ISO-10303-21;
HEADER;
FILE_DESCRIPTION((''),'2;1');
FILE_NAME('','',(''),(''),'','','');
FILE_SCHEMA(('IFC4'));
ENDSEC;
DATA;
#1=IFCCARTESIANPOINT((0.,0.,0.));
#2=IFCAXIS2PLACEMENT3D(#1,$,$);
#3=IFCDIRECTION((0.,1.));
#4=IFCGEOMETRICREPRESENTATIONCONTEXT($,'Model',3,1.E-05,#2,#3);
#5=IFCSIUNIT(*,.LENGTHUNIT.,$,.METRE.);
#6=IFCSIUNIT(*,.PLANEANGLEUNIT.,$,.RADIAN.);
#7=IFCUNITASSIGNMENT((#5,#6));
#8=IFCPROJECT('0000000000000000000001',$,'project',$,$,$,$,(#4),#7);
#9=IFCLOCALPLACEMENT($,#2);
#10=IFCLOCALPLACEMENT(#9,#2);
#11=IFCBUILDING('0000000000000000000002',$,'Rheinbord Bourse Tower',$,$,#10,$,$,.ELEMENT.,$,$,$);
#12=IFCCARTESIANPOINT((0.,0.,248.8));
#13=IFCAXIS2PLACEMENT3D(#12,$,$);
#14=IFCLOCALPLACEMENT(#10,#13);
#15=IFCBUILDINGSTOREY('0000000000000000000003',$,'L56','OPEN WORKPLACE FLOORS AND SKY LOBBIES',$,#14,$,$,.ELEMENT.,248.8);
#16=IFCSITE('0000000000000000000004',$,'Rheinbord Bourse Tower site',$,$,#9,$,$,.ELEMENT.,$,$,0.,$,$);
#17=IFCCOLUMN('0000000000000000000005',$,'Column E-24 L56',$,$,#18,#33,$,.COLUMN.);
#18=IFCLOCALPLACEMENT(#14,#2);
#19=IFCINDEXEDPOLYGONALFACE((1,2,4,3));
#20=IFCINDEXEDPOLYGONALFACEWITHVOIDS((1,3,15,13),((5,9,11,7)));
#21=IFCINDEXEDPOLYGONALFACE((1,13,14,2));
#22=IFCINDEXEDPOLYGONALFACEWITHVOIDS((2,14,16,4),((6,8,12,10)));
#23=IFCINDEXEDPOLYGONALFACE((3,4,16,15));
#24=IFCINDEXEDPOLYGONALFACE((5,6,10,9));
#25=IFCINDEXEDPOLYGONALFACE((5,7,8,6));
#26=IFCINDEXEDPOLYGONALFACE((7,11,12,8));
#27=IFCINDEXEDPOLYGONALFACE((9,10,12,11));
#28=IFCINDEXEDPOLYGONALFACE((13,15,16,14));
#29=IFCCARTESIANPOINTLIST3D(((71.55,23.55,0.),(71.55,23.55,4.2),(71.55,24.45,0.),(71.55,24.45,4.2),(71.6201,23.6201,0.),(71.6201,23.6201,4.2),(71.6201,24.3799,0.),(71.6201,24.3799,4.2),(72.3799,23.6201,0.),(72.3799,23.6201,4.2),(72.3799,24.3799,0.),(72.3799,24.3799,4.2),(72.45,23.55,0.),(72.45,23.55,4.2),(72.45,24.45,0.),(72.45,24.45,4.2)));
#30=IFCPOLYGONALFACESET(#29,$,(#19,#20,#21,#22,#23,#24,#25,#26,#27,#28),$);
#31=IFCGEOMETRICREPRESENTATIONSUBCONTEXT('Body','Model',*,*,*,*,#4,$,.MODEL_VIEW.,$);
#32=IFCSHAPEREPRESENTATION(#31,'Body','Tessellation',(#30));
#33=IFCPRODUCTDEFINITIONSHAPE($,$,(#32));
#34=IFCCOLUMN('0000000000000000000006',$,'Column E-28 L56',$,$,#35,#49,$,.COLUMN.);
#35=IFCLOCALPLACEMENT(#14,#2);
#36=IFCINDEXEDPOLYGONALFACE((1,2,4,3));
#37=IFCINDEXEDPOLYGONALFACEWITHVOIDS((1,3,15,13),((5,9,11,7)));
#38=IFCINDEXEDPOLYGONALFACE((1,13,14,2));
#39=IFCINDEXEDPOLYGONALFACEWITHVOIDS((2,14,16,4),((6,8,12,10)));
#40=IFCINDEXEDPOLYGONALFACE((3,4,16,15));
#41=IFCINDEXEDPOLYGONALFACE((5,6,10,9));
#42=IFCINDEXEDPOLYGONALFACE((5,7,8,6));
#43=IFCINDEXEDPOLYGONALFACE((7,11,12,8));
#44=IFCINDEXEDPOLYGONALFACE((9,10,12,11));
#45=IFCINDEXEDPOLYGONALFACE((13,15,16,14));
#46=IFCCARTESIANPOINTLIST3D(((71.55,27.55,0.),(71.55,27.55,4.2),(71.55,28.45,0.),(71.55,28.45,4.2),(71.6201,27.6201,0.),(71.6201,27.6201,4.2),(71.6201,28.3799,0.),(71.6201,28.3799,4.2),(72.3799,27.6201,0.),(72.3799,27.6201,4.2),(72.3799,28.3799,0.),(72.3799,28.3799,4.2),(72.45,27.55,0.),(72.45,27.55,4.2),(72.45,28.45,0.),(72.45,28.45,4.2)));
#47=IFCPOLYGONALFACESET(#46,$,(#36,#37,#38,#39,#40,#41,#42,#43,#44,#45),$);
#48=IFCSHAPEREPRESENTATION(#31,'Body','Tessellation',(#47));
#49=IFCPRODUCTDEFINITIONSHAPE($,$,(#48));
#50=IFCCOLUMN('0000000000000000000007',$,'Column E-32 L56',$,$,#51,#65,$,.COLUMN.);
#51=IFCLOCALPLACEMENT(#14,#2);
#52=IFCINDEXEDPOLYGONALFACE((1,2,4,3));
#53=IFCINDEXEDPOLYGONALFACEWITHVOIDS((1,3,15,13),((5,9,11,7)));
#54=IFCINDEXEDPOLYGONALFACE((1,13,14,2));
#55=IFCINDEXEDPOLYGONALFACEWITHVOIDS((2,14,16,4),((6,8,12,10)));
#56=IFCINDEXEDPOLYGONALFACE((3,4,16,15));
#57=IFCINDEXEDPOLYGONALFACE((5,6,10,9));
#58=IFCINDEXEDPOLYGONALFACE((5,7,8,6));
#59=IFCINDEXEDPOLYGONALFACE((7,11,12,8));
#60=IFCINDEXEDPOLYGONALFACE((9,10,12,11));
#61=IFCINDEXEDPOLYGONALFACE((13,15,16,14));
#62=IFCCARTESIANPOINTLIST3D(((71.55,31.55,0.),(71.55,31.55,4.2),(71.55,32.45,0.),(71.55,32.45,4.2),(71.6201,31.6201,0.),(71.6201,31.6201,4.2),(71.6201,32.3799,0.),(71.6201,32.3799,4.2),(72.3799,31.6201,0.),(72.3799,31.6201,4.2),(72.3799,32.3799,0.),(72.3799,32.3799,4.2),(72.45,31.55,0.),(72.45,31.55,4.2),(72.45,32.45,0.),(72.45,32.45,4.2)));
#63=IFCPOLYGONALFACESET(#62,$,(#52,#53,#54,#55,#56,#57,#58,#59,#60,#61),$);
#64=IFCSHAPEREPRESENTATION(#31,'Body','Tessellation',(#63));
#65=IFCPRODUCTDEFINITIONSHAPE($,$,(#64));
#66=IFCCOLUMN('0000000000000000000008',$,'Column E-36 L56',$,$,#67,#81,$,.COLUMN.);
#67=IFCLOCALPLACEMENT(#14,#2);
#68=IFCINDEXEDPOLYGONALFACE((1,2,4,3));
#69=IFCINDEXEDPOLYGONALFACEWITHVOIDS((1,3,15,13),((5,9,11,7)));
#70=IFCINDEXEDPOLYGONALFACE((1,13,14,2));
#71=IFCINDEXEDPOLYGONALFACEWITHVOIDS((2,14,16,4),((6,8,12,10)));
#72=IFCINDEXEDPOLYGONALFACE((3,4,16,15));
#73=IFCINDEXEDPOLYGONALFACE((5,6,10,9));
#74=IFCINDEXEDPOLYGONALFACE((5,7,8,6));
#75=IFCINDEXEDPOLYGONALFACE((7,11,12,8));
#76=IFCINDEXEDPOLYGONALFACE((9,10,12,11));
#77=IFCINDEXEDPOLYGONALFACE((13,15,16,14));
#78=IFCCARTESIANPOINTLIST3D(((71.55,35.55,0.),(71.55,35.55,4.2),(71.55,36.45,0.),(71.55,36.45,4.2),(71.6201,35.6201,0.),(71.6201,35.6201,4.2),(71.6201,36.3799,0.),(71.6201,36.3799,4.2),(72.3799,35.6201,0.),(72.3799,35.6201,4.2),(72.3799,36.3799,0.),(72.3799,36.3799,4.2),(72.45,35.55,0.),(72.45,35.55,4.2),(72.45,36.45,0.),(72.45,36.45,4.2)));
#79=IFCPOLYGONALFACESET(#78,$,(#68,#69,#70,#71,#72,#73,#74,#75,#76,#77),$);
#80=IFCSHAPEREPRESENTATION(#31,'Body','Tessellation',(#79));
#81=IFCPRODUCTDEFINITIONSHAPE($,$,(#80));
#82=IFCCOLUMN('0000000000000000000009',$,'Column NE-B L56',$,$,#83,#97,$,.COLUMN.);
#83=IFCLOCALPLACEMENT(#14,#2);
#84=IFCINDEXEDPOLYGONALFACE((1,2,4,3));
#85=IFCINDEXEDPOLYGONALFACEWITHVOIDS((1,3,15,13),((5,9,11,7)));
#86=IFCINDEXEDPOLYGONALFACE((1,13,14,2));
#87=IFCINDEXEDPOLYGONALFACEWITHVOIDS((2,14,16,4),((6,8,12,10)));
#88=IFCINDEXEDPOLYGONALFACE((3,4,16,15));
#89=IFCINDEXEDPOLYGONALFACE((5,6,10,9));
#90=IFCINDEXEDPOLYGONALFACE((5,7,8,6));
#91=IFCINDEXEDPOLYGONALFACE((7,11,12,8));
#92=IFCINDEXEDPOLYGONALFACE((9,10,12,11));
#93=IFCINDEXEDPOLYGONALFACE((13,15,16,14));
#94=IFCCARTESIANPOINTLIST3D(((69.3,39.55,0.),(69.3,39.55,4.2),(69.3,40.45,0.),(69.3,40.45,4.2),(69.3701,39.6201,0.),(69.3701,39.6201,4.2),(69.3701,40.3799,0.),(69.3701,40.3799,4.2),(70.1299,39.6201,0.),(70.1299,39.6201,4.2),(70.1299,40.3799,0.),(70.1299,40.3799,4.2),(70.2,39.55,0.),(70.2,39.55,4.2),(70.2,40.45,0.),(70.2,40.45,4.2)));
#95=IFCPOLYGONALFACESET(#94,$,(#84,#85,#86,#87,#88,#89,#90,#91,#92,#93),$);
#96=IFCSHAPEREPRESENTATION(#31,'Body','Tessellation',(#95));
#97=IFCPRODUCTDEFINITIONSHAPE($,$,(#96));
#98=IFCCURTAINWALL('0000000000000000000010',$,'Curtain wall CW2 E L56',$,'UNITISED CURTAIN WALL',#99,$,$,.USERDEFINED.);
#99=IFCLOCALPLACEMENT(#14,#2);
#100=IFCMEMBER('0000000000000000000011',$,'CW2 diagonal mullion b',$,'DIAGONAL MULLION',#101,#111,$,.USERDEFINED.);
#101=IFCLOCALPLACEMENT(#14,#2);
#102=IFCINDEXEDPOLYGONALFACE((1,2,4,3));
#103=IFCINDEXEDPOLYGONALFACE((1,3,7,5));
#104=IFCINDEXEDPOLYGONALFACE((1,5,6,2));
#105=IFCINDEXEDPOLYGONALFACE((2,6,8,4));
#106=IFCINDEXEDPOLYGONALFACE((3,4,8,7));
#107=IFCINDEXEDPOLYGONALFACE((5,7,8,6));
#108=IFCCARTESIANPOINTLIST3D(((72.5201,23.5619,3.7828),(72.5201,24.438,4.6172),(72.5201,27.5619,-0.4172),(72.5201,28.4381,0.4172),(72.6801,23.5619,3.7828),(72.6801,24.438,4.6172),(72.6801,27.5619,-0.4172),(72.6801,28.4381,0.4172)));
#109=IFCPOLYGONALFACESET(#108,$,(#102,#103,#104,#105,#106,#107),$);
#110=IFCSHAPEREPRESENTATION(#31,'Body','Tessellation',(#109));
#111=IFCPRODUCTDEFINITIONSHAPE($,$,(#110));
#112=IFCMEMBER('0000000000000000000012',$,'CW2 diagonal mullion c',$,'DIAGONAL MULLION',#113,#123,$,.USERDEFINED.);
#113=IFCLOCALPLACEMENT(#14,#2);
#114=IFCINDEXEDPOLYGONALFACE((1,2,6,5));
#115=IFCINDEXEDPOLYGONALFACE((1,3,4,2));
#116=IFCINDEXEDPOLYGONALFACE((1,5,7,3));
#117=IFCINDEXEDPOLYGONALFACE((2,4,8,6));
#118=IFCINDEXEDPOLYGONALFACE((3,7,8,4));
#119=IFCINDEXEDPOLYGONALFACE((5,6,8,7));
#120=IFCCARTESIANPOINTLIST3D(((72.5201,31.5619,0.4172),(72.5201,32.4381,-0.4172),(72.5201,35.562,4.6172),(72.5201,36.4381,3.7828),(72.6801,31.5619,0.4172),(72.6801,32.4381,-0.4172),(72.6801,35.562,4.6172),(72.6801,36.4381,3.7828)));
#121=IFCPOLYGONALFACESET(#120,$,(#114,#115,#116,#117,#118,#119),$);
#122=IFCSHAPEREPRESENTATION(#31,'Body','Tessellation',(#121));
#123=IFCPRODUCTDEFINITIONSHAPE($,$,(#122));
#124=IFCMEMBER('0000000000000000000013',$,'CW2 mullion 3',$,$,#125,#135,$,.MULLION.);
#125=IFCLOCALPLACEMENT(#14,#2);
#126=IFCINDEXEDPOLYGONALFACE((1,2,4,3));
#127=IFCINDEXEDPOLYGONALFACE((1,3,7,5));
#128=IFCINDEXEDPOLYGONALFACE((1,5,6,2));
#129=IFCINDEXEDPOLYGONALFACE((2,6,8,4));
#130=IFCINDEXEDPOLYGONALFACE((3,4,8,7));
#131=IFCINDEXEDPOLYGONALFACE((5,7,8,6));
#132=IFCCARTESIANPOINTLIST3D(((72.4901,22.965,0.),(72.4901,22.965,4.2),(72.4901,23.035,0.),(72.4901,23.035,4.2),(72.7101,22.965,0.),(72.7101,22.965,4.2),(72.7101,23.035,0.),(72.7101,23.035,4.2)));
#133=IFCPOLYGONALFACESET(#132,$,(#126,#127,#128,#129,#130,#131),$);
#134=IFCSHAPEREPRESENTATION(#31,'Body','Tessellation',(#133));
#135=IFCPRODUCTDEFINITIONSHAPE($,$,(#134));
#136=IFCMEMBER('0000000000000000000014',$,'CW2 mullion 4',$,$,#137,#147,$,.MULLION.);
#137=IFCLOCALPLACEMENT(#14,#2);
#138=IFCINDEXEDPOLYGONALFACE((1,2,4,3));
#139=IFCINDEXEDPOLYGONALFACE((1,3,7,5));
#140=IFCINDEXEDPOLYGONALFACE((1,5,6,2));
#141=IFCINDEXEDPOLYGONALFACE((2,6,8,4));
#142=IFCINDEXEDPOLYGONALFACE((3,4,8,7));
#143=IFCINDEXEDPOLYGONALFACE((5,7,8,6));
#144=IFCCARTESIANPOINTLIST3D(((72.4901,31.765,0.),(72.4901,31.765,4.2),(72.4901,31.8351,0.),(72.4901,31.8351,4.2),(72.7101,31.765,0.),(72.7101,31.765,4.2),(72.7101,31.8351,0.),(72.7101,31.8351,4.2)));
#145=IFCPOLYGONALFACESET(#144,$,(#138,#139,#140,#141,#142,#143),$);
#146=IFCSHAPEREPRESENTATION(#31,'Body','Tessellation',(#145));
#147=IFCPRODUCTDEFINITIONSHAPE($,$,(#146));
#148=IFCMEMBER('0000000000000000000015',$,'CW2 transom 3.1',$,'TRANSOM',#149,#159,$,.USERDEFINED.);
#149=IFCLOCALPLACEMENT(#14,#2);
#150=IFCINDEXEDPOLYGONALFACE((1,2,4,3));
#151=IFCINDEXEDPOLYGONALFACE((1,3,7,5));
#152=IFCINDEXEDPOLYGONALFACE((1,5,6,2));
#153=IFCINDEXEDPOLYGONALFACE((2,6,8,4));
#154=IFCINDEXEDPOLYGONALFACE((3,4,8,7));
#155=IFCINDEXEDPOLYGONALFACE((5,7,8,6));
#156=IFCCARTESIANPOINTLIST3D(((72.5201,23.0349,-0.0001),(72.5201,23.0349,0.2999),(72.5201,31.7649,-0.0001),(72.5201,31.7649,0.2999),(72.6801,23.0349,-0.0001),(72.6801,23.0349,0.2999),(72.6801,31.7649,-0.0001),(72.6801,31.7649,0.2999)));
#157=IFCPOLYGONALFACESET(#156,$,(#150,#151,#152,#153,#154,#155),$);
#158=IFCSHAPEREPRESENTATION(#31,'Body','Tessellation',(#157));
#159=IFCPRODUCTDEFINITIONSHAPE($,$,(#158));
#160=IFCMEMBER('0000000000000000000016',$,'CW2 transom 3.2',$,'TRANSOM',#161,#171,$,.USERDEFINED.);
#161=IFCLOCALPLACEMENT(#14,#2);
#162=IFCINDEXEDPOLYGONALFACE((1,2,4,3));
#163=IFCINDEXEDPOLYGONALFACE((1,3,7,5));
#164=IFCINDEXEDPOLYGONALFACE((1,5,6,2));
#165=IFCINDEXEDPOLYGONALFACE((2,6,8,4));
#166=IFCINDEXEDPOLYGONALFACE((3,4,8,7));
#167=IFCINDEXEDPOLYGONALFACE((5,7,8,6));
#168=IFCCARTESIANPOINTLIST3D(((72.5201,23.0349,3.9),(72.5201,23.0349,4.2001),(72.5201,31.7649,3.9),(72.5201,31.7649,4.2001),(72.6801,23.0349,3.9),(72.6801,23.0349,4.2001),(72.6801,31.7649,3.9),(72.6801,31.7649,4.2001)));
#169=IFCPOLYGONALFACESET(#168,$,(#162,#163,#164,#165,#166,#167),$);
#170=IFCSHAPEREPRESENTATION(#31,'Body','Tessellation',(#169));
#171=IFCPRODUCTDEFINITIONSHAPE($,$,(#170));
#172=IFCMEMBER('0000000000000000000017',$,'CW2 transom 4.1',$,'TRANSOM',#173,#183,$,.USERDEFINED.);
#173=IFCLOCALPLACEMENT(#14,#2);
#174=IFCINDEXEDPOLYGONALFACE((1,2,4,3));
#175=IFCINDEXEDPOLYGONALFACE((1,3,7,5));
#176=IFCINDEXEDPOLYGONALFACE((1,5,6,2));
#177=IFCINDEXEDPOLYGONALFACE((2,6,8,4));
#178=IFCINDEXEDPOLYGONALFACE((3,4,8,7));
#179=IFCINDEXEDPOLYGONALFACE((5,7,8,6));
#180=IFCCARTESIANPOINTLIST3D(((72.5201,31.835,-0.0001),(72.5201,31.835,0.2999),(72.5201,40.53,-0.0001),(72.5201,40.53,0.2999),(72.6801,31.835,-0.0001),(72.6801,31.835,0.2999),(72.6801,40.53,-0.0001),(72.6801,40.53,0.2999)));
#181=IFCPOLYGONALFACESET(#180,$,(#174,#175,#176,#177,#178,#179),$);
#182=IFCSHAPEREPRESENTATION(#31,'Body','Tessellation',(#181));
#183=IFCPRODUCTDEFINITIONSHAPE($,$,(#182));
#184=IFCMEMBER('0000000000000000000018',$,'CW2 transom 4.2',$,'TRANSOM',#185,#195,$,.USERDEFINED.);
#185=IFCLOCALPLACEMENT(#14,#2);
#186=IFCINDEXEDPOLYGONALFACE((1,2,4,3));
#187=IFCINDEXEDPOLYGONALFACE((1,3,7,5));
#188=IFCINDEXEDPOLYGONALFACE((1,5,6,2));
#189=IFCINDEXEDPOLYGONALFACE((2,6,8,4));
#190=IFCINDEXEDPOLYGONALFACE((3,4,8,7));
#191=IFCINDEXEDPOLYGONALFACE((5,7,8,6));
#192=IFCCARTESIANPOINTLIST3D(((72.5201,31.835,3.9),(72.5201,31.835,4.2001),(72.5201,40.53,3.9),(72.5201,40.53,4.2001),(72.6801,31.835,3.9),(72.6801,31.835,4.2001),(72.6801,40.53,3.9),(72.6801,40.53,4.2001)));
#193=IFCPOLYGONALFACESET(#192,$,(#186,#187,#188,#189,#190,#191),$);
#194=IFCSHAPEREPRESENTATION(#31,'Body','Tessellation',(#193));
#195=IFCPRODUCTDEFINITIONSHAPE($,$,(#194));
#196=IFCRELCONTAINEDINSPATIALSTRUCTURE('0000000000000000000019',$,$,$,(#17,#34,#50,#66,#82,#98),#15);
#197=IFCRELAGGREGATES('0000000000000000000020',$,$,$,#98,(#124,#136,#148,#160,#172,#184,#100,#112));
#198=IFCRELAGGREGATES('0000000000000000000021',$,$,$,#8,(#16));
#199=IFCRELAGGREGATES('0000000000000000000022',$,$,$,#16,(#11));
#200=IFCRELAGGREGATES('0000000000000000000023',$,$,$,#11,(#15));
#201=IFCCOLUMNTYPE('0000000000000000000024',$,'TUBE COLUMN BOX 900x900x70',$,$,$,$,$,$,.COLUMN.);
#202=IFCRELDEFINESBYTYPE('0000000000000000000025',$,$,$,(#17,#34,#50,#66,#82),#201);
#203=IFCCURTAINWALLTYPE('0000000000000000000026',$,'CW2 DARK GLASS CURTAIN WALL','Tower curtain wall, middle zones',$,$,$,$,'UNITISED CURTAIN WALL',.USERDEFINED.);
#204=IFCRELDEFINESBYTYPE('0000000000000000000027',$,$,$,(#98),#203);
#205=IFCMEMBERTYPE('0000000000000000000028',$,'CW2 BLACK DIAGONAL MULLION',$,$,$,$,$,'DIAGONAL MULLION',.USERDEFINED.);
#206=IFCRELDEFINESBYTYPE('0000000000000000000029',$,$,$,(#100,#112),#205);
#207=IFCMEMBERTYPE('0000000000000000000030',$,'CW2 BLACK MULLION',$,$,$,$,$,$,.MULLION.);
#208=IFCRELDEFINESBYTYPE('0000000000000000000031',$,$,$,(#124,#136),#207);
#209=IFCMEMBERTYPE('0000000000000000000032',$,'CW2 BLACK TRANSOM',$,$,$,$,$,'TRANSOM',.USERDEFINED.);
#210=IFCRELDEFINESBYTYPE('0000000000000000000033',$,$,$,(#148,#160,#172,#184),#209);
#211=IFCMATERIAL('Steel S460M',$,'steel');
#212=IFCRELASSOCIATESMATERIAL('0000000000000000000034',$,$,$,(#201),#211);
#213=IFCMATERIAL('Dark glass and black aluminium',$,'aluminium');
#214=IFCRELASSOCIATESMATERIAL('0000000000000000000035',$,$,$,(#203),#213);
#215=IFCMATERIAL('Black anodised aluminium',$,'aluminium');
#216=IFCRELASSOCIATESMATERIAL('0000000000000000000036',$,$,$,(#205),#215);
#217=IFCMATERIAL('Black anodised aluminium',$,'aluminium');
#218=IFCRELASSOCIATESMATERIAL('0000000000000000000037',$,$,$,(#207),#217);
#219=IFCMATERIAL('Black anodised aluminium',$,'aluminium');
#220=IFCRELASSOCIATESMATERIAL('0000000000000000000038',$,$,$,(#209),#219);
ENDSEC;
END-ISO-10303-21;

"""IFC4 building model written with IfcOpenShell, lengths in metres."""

from ifc_helpers import new_model, si_unit, direction, frame, origin, origin_2d, place, context, subcontext, project, spatial, rectangle, hollow_rectangle, extrude, material, material_profile, profile_set, type_object, element, aggregate, save


model = new_model("IFC4")

# Units and contexts
model_context = context("Model", 3, precision=1e-05, world=origin(), true_north=direction((0.0, 1.0)))
body_context = subcontext(model_context, "Body", "Model", "MODEL_VIEW")
ifc_project = project(units=[si_unit("LENGTHUNIT", "METRE"), si_unit("PLANEANGLEUNIT", "RADIAN")], contexts=[model_context])

# Site, building, storey
site_placement = place(None, origin())
site = spatial("IfcSite", under=ifc_project, at=site_placement, Name="Rheinbord Bourse Tower site", CompositionType="ELEMENT", RefElevation=0.0)
building_placement = place(site_placement, origin())
building = spatial("IfcBuilding", under=site, at=building_placement, Name="Rheinbord Bourse Tower", CompositionType="ELEMENT")
storey_placement = place(building_placement, frame((0.0, 0.0, 248.8)))
storey = spatial("IfcBuildingStorey", under=building, at=storey_placement, Name="L56", Description="OPEN WORKPLACE FLOORS AND SKY LOBBIES", CompositionType="ELEMENT", Elevation=248.8)

# Columns
ifc_material_1 = material(Name="Steel S460M", Category="steel")
ifc_material_profile_1 = material_profile(ifc_material_1, hollow_rectangle(XDim=0.8999, YDim=0.8999, WallThickness=0.0701, at=origin_2d()), Name="BOX 900x900x70")
ifc_profile_set_1 = profile_set([ifc_material_profile_1], Name="Steel S460M")
column_type = type_object("IfcColumnType", Name="TUBE COLUMN BOX 900x900x70", PredefinedType="COLUMN", material=ifc_profile_set_1)
for number, where, z_axis, x_axis, name in (
    (1, (72.0, 24.0, 0.0), (0.0, 0.0, 1.0), (1.0, 0.0, 0.0), "Column E-24 L56"),
    (2, (72.0, 28.0, 0.0), (0.0, 0.0, 1.0), (1.0, 0.0, 0.0), "Column E-28 L56"),
    (3, (72.0, 32.0, 0.0), (0.0, 0.0, 1.0), (1.0, 0.0, 0.0), "Column E-32 L56"),
    (4, (72.0, 36.0, 0.0), (0.0, 0.0, 1.0), (1.0, 0.0, 0.0), "Column E-36 L56"),
    (5, (69.75, 40.0, 0.0), (0.0, 0.0, 1.0), (1.0, 0.0, 0.0), "Column NE-B L56"),
):
    element("IfcColumn", number, at=place(storey_placement, frame(where, z_axis=z_axis, x_axis=x_axis)), inside=storey, type_object=column_type, Name=name, PredefinedType="COLUMN", context=body_context, shape_type="SweptSolid", body=[
        extrude(hollow_rectangle(XDim=0.8999, YDim=0.8999, WallThickness=0.0701, at=origin_2d()), origin(), (0.0, 0.0, 1.0), 4.2),
    ])

# Curtain wall, members
ifc_material_2 = material(Name="Dark glass and black aluminium", Category="aluminium")
curtain_wall_type = type_object("IfcCurtainWallType", Name="CW2 DARK GLASS CURTAIN WALL", Description="Tower curtain wall, middle zones", ElementType="UNITISED CURTAIN WALL", PredefinedType="USERDEFINED", material=ifc_material_2)
curtain_wall_placement = place(storey_placement, origin())
curtain_wall = element("IfcCurtainWall", 6, at=curtain_wall_placement, inside=storey, type_object=curtain_wall_type, Name="Curtain wall CW2 E L56", ObjectType="UNITISED CURTAIN WALL", PredefinedType="USERDEFINED")
ifc_material_3 = material(Name="Black anodised aluminium", Category="aluminium")
ifc_material_profile_2 = material_profile(ifc_material_3, rectangle(XDim=0.1599, YDim=1.21, at=origin_2d()), Name="CW2 DIAGONAL MULLION 1210x160")
ifc_profile_set_2 = profile_set([ifc_material_profile_2], Name="Black anodised aluminium")
member_type_1 = type_object("IfcMemberType", Name="CW2 BLACK DIAGONAL MULLION", ElementType="DIAGONAL MULLION", PredefinedType="USERDEFINED", material=ifc_profile_set_2)
member_1_placement = place(storey_placement, frame((72.6001, 28.0, 0.0), z_axis=(0.0, -0.689659, 0.724134), x_axis=(1.0, 0.0, 0.0)))
member_1 = element("IfcMember", 7, at=member_1_placement, type_object=member_type_1, Name="CW2 diagonal mullion b", ObjectType="DIAGONAL MULLION", PredefinedType="USERDEFINED", context=body_context, shape_type="SweptSolid", body=[
    extrude(rectangle(XDim=0.1599, YDim=1.21, at=origin_2d()), origin(), (0.0, 0.0, 1.0), 5.8),
])
member_2_placement = place(storey_placement, frame((72.6001, 32.0, 0.0), z_axis=(0.0, 0.689659, 0.724134), x_axis=(-1.0, 0.0, 0.0)))
member_2 = element("IfcMember", 8, at=member_2_placement, type_object=member_type_1, Name="CW2 diagonal mullion c", ObjectType="DIAGONAL MULLION", PredefinedType="USERDEFINED", context=body_context, shape_type="SweptSolid", body=[
    extrude(rectangle(XDim=0.1599, YDim=1.21, at=origin_2d()), origin(), (0.0, 0.0, 1.0), 5.8),
])
ifc_material_4 = material(Name="Black anodised aluminium", Category="aluminium")
ifc_material_profile_3 = material_profile(ifc_material_4, rectangle(XDim=0.22, YDim=0.0701, at=origin_2d()), Name="CW2 MULLION 70x220")
ifc_profile_set_3 = profile_set([ifc_material_profile_3], Name="Black anodised aluminium")
member_type_2 = type_object("IfcMemberType", Name="CW2 BLACK MULLION", PredefinedType="MULLION", material=ifc_profile_set_3)
member_3_placement = place(storey_placement, frame((72.6001, 23.0, 0.0), z_axis=(0.0, 0.0, 1.0), x_axis=(-1.0, 0.0, 0.0)))
member_3 = element("IfcMember", 9, at=member_3_placement, type_object=member_type_2, Name="CW2 mullion 3", PredefinedType="MULLION", context=body_context, shape_type="SweptSolid", body=[
    extrude(rectangle(XDim=0.22, YDim=0.0701, at=origin_2d()), origin(), (0.0, 0.0, 1.0), 4.2),
])
member_4_placement = place(storey_placement, frame((72.6001, 31.8, 0.0), z_axis=(0.0, 0.0, 1.0), x_axis=(-1.0, 0.0, 0.0)))
member_4 = element("IfcMember", 10, at=member_4_placement, type_object=member_type_2, Name="CW2 mullion 4", PredefinedType="MULLION", context=body_context, shape_type="SweptSolid", body=[
    extrude(rectangle(XDim=0.22, YDim=0.0701, at=origin_2d()), origin(), (0.0, 0.0, 1.0), 4.2),
])
ifc_material_5 = material(Name="Black anodised aluminium", Category="aluminium")
ifc_material_profile_4 = material_profile(ifc_material_5, rectangle(XDim=0.1599, YDim=0.3, at=origin_2d()), Name="CW2 TRANSOM 300x160")
ifc_profile_set_4 = profile_set([ifc_material_profile_4], Name="Black anodised aluminium")
member_type_3 = type_object("IfcMemberType", Name="CW2 BLACK TRANSOM", ElementType="TRANSOM", PredefinedType="USERDEFINED", material=ifc_profile_set_4)
member_5_placement = place(storey_placement, frame((72.6001, 23.0349, 0.1499), z_axis=(0.0, 1.0, 0.0), x_axis=(-1.0, 0.0, 0.0)))
member_5 = element("IfcMember", 11, at=member_5_placement, type_object=member_type_3, Name="CW2 transom 3.1", ObjectType="TRANSOM", PredefinedType="USERDEFINED", context=body_context, shape_type="SweptSolid", body=[
    extrude(rectangle(XDim=0.1599, YDim=0.3, at=origin_2d()), origin(), (0.0, 0.0, 1.0), 8.73),
])
member_6_placement = place(storey_placement, frame((72.6001, 23.0349, 4.05), z_axis=(0.0, 1.0, 0.0), x_axis=(-1.0, 0.0, 0.0)))
member_6 = element("IfcMember", 12, at=member_6_placement, type_object=member_type_3, Name="CW2 transom 3.2", ObjectType="TRANSOM", PredefinedType="USERDEFINED", context=body_context, shape_type="SweptSolid", body=[
    extrude(rectangle(XDim=0.1599, YDim=0.3, at=origin_2d()), origin(), (0.0, 0.0, 1.0), 8.73),
])
member_7_placement = place(storey_placement, frame((72.6001, 31.835, 0.1499), z_axis=(0.0, 1.0, 0.0), x_axis=(-1.0, 0.0, 0.0)))
member_7 = element("IfcMember", 13, at=member_7_placement, type_object=member_type_3, Name="CW2 transom 4.1", ObjectType="TRANSOM", PredefinedType="USERDEFINED", context=body_context, shape_type="SweptSolid", body=[
    extrude(rectangle(XDim=0.1599, YDim=0.3, at=origin_2d()), origin(), (0.0, 0.0, 1.0), 8.6951),
])
member_8_placement = place(storey_placement, frame((72.6001, 31.835, 4.05), z_axis=(0.0, 1.0, 0.0), x_axis=(-1.0, 0.0, 0.0)))
member_8 = element("IfcMember", 14, at=member_8_placement, type_object=member_type_3, Name="CW2 transom 4.2", ObjectType="TRANSOM", PredefinedType="USERDEFINED", context=body_context, shape_type="SweptSolid", body=[
    extrude(rectangle(XDim=0.1599, YDim=0.3, at=origin_2d()), origin(), (0.0, 0.0, 1.0), 8.6951),
])

aggregate(curtain_wall, [member_3, member_4, member_5, member_6, member_7, member_8, member_1, member_2])

save(model, "model.ifc")
